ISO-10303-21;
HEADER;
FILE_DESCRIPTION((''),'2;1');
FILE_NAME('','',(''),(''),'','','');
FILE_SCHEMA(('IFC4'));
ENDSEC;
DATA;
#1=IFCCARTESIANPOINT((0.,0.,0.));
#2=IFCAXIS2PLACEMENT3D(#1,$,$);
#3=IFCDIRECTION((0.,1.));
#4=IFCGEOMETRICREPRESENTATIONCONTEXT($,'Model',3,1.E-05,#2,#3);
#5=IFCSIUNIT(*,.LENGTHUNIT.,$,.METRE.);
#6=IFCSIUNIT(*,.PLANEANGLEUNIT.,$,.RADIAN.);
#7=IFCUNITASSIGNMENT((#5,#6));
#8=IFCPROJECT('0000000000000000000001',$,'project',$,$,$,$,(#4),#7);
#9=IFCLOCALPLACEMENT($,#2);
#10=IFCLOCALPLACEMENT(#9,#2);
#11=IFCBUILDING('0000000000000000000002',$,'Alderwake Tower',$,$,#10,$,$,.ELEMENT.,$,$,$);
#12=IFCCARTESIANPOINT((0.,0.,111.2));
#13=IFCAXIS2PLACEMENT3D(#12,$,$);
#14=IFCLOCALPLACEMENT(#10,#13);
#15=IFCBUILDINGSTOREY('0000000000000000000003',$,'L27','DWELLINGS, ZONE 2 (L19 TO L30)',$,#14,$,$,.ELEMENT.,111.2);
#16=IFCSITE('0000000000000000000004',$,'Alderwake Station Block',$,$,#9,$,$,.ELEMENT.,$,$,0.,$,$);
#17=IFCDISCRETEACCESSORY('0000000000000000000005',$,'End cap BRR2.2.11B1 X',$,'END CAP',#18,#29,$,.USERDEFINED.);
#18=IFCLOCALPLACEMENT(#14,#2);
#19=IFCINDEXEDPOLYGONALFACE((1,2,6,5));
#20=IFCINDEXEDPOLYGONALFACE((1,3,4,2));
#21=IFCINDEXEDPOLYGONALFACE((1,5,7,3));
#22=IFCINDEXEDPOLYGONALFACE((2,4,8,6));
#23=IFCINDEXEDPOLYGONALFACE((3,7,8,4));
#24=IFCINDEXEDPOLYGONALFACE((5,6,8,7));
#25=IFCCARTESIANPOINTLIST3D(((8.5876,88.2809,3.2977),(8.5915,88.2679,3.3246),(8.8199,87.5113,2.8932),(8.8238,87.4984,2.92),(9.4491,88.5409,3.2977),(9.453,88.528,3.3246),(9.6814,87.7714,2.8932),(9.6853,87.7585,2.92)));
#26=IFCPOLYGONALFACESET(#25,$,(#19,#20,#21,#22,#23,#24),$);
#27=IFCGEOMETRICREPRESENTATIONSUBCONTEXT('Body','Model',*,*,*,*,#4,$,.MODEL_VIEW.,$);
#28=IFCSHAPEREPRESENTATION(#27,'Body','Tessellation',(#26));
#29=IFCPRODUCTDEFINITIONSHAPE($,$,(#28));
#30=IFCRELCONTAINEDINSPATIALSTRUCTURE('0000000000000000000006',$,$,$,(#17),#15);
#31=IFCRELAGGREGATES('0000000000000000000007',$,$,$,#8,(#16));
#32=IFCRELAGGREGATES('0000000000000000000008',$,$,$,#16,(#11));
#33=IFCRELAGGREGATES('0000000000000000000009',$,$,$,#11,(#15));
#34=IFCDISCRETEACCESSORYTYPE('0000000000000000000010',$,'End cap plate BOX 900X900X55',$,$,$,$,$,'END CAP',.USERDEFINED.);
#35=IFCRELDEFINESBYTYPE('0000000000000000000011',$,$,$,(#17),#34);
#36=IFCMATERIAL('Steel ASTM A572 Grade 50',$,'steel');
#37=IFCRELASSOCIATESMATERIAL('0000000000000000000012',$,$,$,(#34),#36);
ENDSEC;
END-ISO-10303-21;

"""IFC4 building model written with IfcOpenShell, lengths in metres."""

from ifc_helpers import new_model, si_unit, direction, frame, origin, origin_2d, place, context, subcontext, project, spatial, rectangle, extrude, material, material_profile, profile_set, type_object, element, save


model = new_model("IFC4")

# Units and contexts
model_context = context("Model", 3, precision=1e-05, world=origin(), true_north=direction((0.0, 1.0)))
body_context = subcontext(model_context, "Body", "Model", "MODEL_VIEW")
ifc_project = project(units=[si_unit("LENGTHUNIT", "METRE"), si_unit("PLANEANGLEUNIT", "RADIAN")], contexts=[model_context])

# Site, building, storey
site_placement = place(None, origin())
site = spatial("IfcSite", under=ifc_project, at=site_placement, Name="Alderwake Station Block", CompositionType="ELEMENT", RefElevation=0.0)
building_placement = place(site_placement, origin())
building = spatial("IfcBuilding", under=site, at=building_placement, Name="Alderwake Tower", CompositionType="ELEMENT")
storey_placement = place(building_placement, frame((0.0, 0.0, 111.2)))
storey = spatial("IfcBuildingStorey", under=building, at=storey_placement, Name="L27", Description="DWELLINGS, ZONE 2 (L19 TO L30)", CompositionType="ELEMENT", Elevation=111.2)

# Discrete accessory
ifc_material_1 = material(Name="Steel ASTM A572 Grade 50", Category="steel")
ifc_material_profile_1 = material_profile(ifc_material_1, rectangle(XDim=0.8999, YDim=0.8999, at=origin_2d()), Name="BOX 900X900X55 cap")
ifc_profile_set_1 = profile_set([ifc_material_profile_1], Name="Steel ASTM A572 Grade 50")
discrete_accessory_type = type_object("IfcDiscreteAccessoryType", Name="End cap plate BOX 900X900X55", ElementType="END CAP", PredefinedType="USERDEFINED", material=ifc_profile_set_1)
discrete_accessory_placement = place(storey_placement, frame((9.1345, 88.0261, 3.0955), z_axis=(0.129927, -0.430383, 0.893247), x_axis=(0.957328, 0.289005, 0.0)))
element("IfcDiscreteAccessory", 1, at=discrete_accessory_placement, inside=storey, type_object=discrete_accessory_type, Name="End cap BRR2.2.11B1 X", ObjectType="END CAP", PredefinedType="USERDEFINED", context=body_context, shape_type="SweptSolid", body=[
    extrude(rectangle(XDim=0.8999, YDim=0.8999, at=origin_2d()), origin(), (0.0, 0.0, 1.0), 0.03),
])

save(model, "model.ifc")
